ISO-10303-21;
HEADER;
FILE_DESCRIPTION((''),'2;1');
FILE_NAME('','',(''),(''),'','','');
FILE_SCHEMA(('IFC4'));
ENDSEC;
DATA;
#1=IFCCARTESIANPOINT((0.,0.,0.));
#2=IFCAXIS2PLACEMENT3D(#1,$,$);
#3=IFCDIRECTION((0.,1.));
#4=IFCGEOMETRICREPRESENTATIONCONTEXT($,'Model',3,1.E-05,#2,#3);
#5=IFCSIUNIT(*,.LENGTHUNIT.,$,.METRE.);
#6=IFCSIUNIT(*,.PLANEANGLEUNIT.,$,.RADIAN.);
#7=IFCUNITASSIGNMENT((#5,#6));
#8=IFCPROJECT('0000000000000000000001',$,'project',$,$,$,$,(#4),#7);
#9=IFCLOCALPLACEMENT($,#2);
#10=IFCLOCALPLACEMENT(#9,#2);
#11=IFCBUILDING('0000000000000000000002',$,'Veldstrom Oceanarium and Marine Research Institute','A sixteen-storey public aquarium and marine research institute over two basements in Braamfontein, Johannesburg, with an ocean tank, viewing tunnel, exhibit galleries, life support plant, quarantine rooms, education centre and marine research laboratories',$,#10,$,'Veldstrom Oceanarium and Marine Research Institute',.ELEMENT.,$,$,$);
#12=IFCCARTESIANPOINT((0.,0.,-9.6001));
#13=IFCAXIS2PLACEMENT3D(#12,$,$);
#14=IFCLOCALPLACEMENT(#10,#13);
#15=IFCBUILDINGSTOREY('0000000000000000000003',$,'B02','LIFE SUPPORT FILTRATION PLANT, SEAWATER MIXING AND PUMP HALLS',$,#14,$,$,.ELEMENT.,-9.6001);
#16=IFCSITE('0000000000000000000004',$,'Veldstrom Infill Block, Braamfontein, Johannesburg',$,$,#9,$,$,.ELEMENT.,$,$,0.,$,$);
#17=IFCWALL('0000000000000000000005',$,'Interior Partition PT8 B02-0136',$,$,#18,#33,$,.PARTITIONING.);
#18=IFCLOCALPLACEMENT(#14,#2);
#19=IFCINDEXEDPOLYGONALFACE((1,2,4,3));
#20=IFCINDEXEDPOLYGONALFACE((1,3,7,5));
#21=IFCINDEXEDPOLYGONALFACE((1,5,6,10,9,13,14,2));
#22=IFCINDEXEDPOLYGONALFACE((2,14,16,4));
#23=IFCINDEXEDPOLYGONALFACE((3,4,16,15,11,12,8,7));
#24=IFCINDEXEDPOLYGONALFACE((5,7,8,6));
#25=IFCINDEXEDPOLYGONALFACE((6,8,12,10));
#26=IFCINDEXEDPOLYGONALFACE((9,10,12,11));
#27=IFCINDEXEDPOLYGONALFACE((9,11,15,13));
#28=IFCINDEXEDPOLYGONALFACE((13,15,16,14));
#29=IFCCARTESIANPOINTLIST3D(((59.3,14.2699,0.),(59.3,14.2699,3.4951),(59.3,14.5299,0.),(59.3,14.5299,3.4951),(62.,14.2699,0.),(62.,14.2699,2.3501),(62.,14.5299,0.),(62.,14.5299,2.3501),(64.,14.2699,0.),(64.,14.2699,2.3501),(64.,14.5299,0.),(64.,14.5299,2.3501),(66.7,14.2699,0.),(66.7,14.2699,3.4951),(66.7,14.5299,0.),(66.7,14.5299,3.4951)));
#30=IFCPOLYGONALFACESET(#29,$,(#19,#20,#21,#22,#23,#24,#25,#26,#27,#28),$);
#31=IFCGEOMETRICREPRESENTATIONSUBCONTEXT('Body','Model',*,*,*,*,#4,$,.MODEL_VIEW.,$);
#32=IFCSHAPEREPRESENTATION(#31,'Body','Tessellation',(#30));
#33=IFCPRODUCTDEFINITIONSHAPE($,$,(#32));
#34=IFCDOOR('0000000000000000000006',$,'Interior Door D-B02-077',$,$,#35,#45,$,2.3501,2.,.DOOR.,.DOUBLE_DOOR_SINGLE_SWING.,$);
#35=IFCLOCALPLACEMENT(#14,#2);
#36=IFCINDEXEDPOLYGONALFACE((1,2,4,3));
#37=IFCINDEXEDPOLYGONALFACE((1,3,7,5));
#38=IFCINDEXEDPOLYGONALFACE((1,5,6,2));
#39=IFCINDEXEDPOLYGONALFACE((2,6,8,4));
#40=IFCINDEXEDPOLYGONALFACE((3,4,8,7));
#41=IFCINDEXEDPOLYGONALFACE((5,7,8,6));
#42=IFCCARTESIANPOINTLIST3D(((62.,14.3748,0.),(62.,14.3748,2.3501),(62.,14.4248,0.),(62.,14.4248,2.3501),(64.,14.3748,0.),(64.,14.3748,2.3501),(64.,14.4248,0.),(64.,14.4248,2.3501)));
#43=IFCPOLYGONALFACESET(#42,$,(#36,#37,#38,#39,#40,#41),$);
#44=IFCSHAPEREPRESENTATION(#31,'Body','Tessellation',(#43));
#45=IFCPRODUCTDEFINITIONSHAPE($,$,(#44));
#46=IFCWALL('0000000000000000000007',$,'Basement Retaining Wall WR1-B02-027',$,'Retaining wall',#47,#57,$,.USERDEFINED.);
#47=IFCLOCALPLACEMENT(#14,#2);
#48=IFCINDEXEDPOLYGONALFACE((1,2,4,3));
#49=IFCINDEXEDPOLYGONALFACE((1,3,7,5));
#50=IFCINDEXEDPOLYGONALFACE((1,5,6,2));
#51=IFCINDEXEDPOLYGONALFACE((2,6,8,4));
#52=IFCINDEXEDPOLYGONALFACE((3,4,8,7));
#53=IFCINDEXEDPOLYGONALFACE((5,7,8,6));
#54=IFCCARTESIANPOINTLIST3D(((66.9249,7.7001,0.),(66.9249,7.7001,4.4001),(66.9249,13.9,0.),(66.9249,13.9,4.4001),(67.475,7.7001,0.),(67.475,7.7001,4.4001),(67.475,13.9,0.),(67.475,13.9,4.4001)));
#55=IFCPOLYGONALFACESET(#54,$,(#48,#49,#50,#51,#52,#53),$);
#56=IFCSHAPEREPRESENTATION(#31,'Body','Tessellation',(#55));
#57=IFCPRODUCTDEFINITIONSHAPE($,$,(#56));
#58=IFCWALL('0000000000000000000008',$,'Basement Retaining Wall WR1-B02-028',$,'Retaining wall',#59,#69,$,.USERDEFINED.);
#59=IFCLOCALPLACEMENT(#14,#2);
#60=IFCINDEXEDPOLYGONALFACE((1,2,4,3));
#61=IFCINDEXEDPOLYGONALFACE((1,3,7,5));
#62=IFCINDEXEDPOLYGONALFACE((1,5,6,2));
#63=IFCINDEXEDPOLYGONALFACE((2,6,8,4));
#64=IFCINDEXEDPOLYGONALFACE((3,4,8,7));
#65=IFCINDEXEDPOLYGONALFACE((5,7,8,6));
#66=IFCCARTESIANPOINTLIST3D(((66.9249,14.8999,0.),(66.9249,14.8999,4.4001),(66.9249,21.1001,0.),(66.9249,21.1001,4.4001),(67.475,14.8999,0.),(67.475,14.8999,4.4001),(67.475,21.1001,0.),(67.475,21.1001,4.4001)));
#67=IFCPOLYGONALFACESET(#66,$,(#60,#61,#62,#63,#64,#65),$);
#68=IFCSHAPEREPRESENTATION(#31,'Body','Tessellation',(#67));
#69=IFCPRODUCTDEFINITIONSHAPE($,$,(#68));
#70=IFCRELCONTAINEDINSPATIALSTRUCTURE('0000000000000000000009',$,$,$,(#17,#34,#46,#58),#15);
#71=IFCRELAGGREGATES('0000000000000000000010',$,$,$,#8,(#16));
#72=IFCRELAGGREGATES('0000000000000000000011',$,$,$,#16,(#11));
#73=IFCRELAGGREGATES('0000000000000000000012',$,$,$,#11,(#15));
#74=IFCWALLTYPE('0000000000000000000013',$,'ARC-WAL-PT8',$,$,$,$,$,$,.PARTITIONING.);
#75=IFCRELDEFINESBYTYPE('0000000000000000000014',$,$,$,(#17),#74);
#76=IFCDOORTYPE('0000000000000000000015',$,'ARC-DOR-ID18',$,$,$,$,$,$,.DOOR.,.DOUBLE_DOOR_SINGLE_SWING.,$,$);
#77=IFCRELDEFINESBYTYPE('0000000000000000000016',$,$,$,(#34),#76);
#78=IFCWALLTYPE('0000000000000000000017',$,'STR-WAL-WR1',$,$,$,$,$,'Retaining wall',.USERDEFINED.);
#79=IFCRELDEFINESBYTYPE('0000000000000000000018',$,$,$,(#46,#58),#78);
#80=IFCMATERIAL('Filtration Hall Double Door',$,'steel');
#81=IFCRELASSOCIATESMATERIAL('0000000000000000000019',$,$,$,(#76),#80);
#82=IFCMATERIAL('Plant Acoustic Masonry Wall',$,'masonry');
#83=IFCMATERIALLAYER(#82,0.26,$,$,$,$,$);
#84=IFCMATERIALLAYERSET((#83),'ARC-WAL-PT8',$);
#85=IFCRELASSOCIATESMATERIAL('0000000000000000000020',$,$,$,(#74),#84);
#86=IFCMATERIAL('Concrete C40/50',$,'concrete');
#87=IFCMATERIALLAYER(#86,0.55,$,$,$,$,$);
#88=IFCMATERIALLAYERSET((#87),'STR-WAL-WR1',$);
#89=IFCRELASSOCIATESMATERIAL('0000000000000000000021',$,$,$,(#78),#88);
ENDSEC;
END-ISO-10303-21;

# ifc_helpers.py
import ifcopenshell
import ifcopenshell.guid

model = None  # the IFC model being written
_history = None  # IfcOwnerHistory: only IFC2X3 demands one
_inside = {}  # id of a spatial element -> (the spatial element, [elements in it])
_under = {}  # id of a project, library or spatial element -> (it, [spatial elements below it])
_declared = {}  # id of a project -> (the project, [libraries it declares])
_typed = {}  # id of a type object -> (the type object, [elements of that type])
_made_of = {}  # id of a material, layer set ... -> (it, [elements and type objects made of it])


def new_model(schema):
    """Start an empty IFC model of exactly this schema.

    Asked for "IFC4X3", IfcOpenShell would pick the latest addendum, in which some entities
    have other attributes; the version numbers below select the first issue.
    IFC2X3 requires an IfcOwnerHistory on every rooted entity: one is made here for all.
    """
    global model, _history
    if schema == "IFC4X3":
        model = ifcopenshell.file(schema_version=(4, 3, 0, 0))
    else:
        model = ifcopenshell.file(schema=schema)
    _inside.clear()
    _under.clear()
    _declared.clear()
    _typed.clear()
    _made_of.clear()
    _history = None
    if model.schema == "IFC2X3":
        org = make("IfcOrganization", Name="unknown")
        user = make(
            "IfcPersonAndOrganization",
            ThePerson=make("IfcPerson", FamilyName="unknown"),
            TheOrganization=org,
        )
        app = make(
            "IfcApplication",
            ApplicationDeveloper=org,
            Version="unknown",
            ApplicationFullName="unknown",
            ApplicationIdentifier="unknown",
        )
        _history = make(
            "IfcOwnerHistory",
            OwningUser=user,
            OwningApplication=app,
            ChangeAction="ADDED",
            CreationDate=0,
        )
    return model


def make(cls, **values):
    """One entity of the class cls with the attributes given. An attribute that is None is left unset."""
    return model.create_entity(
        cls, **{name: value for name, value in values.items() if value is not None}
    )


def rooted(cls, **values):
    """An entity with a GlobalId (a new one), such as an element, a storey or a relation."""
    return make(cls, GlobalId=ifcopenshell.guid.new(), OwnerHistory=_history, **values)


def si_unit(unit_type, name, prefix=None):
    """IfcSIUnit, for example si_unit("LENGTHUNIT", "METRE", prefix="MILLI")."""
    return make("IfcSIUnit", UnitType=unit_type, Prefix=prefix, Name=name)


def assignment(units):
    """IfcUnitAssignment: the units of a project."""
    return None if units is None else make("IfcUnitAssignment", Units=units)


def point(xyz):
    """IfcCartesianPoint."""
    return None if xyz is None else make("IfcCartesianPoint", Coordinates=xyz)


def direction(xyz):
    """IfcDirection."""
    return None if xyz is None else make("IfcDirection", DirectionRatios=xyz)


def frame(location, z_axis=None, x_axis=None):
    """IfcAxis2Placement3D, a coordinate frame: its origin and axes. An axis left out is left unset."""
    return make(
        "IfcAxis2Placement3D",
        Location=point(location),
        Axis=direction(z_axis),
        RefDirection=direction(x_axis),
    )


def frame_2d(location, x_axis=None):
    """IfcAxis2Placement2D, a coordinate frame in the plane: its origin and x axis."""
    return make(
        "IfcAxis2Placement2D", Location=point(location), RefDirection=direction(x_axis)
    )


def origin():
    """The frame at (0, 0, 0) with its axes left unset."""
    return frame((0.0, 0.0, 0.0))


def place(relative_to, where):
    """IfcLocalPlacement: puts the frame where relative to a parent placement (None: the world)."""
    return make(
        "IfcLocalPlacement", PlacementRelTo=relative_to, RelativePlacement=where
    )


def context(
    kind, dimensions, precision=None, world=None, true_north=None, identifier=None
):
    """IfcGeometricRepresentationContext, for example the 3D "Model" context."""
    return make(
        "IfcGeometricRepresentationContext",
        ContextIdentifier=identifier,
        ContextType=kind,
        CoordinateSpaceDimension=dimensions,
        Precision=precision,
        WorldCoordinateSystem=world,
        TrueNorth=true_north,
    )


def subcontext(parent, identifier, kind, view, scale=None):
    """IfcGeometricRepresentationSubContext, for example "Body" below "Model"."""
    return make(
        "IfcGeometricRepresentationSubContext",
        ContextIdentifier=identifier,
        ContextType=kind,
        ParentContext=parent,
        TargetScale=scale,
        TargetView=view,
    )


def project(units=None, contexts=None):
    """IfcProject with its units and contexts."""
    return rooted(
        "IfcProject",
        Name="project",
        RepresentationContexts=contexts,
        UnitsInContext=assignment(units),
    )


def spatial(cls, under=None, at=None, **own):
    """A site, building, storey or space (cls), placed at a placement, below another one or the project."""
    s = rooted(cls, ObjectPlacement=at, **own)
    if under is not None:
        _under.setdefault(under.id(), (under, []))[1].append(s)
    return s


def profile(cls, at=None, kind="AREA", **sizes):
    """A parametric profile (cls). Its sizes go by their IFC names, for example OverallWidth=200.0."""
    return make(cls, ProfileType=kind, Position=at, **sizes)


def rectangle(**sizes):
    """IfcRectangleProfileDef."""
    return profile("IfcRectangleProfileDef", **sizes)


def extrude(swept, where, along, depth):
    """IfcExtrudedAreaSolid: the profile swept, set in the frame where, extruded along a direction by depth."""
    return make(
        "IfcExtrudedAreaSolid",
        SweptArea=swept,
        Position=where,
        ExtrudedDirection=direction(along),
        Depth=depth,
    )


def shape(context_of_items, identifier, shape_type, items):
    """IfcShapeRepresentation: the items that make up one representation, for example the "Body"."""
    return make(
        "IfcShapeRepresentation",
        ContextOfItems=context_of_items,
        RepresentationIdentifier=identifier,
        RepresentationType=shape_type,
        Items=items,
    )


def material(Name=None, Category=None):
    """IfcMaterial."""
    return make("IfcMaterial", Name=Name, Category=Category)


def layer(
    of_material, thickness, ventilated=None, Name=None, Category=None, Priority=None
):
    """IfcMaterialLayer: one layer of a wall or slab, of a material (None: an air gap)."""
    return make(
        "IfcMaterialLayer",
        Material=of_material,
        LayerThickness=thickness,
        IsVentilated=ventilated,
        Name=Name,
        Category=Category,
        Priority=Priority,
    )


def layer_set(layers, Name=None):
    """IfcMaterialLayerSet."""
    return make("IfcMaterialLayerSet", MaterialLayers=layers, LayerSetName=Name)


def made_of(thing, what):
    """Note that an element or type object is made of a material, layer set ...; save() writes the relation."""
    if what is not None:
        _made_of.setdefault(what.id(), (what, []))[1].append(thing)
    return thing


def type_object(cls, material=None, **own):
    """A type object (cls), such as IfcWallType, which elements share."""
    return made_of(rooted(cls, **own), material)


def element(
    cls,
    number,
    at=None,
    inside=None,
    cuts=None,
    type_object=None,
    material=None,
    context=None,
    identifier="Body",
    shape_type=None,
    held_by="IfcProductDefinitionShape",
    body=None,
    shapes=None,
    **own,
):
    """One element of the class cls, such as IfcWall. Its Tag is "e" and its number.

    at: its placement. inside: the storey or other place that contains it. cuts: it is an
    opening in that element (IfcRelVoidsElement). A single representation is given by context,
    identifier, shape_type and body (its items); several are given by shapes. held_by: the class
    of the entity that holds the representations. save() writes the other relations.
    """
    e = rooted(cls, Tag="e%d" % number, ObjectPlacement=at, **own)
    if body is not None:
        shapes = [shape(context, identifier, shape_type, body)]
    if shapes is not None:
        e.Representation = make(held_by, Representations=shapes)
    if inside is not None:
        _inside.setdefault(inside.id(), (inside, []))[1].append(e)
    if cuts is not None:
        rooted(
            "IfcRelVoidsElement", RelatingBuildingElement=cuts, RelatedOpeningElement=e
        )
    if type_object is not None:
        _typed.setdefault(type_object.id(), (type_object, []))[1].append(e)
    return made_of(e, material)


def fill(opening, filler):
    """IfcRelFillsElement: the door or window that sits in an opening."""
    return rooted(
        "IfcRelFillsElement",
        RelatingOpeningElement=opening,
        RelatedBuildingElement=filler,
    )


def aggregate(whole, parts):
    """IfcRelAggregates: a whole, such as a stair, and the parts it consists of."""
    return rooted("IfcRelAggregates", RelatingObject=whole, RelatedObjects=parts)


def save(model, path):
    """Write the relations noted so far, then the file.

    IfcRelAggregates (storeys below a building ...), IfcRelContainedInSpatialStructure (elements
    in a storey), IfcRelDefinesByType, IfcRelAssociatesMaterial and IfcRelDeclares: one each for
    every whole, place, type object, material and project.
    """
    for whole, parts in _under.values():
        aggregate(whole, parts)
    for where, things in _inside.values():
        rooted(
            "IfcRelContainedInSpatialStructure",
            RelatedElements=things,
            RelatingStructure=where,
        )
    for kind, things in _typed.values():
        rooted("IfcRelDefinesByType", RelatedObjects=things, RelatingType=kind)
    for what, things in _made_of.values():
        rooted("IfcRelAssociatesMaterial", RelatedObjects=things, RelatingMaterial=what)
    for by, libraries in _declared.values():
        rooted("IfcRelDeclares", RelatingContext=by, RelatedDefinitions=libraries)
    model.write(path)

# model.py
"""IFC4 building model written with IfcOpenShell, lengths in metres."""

from ifc_helpers import new_model, si_unit, direction, frame, frame_2d, origin, place, context, subcontext, project, spatial, rectangle, extrude, material, layer, layer_set, type_object, element, fill, save


model = new_model("IFC4")

# Units and contexts
model_context = context("Model", 3, precision=1e-05, world=origin(), true_north=direction((0.0, 1.0)))
body_context = subcontext(model_context, "Body", "Model", "MODEL_VIEW")
ifc_project = project(units=[si_unit("LENGTHUNIT", "METRE"), si_unit("PLANEANGLEUNIT", "RADIAN")], contexts=[model_context])

# Site, building, storey
site_placement = place(None, origin())
site = spatial("IfcSite", under=ifc_project, at=site_placement, Name="Veldstrom Infill Block, Braamfontein, Johannesburg", CompositionType="ELEMENT", RefElevation=0.0)
building_placement = place(site_placement, origin())
building = spatial("IfcBuilding", under=site, at=building_placement, Name="Veldstrom Oceanarium and Marine Research Institute", Description="A sixteen-storey public aquarium and marine research institute over two basements in Braamfontein, Johannesburg, with an ocean tank, viewing tunnel, exhibit galleries, life support plant, quarantine rooms, education centre and marine research laboratories", LongName="Veldstrom Oceanarium and Marine Research Institute", CompositionType="ELEMENT")
storey_placement = place(building_placement, frame((0.0, 0.0, -9.6001)))
storey = spatial("IfcBuildingStorey", under=building, at=storey_placement, Name="B02", Description="LIFE SUPPORT FILTRATION PLANT, SEAWATER MIXING AND PUMP HALLS", CompositionType="ELEMENT", Elevation=-9.6001)

# Shared definitions
ifc_material_1 = material(Name="Filtration Hall Double Door", Category="steel")
door_type = type_object("IfcDoorType", Name="ARC-DOR-ID18", OperationType="DOUBLE_DOOR_SINGLE_SWING", PredefinedType="DOOR", material=ifc_material_1)
ifc_material_2 = material(Name="Plant Acoustic Masonry Wall", Category="masonry")
ifc_layer_1 = layer(ifc_material_2, 0.26)
ifc_layer_set_1 = layer_set([ifc_layer_1], Name="ARC-WAL-PT8")
wall_type_1 = type_object("IfcWallType", Name="ARC-WAL-PT8", PredefinedType="PARTITIONING", material=ifc_layer_set_1)

# Wall, opening, door
wall_1_placement = place(storey_placement, frame((59.3, 14.3999, 0.0), z_axis=(0.0, 0.0, 1.0), x_axis=(1.0, 0.0, 0.0)))
wall_1 = element("IfcWall", 1, at=wall_1_placement, inside=storey, type_object=wall_type_1, Name="Interior Partition PT8 B02-0136", PredefinedType="PARTITIONING", context=body_context, shape_type="SweptSolid", body=[
    extrude(rectangle(XDim=7.3999, YDim=0.26, at=frame_2d((3.7, 0.0))), origin(), (0.0, 0.0, 1.0), 3.4951),
])
opening_1_placement = place(wall_1_placement, frame((2.7, 0.0, 0.0)))
opening_1 = element("IfcOpeningElement", 2, at=opening_1_placement, cuts=wall_1, PredefinedType="OPENING", context=body_context, shape_type="SweptSolid", body=[
    extrude(rectangle(XDim=2.0, YDim=2.3501, at=frame_2d((1.0, 1.175))), frame((0.0, 0.1399, 0.0), z_axis=(0.0, -1.0, 0.0), x_axis=(1.0, 0.0, 0.0)), (0.0, 0.0, 1.0), 0.28),
])
door_1_placement = place(opening_1_placement, origin())
door_1 = element("IfcDoor", 3, at=door_1_placement, inside=storey, type_object=door_type, Name="Interior Door D-B02-077", OperationType="DOUBLE_DOOR_SINGLE_SWING", OverallHeight=2.3501, OverallWidth=2.0, PredefinedType="DOOR", context=body_context, shape_type="SweptSolid", body=[
    extrude(rectangle(XDim=2.0, YDim=2.3501, at=frame_2d((1.0, 1.175))), frame((0.0, 0.0249, 0.0), z_axis=(0.0, -1.0, 0.0), x_axis=(1.0, 0.0, 0.0)), (0.0, 0.0, 1.0), 0.05),
])
fill(opening_1, door_1)

# Walls
ifc_material_3 = material(Name="Concrete C40/50", Category="concrete")
ifc_layer_2 = layer(ifc_material_3, 0.55)
ifc_layer_set_2 = layer_set([ifc_layer_2], Name="STR-WAL-WR1")
wall_type_2 = type_object("IfcWallType", Name="STR-WAL-WR1", ElementType="Retaining wall", PredefinedType="USERDEFINED", material=ifc_layer_set_2)
wall_2_placement = place(storey_placement, frame((67.2, 7.7, 0.0), z_axis=(0.0, 0.0, 1.0), x_axis=(0.0, 1.0, 0.0)))
element("IfcWall", 4, at=wall_2_placement, inside=storey, type_object=wall_type_2, Name="Basement Retaining Wall WR1-B02-027", ObjectType="Retaining wall", PredefinedType="USERDEFINED", context=body_context, shape_type="SweptSolid", body=[
    extrude(rectangle(XDim=6.2, YDim=0.55, at=frame_2d((3.1001, 0.0))), origin(), (0.0, 0.0, 1.0), 4.4001),
])
wall_3_placement = place(storey_placement, frame((67.2, 14.8999, 0.0), z_axis=(0.0, 0.0, 1.0), x_axis=(0.0, 1.0, 0.0)))
element("IfcWall", 5, at=wall_3_placement, inside=storey, type_object=wall_type_2, Name="Basement Retaining Wall WR1-B02-028", ObjectType="Retaining wall", PredefinedType="USERDEFINED", context=body_context, shape_type="SweptSolid", body=[
    extrude(rectangle(XDim=6.2002, YDim=0.55, at=frame_2d((3.1001, 0.0))), origin(), (0.0, 0.0, 1.0), 4.4001),
])

save(model, "model.ifc")
